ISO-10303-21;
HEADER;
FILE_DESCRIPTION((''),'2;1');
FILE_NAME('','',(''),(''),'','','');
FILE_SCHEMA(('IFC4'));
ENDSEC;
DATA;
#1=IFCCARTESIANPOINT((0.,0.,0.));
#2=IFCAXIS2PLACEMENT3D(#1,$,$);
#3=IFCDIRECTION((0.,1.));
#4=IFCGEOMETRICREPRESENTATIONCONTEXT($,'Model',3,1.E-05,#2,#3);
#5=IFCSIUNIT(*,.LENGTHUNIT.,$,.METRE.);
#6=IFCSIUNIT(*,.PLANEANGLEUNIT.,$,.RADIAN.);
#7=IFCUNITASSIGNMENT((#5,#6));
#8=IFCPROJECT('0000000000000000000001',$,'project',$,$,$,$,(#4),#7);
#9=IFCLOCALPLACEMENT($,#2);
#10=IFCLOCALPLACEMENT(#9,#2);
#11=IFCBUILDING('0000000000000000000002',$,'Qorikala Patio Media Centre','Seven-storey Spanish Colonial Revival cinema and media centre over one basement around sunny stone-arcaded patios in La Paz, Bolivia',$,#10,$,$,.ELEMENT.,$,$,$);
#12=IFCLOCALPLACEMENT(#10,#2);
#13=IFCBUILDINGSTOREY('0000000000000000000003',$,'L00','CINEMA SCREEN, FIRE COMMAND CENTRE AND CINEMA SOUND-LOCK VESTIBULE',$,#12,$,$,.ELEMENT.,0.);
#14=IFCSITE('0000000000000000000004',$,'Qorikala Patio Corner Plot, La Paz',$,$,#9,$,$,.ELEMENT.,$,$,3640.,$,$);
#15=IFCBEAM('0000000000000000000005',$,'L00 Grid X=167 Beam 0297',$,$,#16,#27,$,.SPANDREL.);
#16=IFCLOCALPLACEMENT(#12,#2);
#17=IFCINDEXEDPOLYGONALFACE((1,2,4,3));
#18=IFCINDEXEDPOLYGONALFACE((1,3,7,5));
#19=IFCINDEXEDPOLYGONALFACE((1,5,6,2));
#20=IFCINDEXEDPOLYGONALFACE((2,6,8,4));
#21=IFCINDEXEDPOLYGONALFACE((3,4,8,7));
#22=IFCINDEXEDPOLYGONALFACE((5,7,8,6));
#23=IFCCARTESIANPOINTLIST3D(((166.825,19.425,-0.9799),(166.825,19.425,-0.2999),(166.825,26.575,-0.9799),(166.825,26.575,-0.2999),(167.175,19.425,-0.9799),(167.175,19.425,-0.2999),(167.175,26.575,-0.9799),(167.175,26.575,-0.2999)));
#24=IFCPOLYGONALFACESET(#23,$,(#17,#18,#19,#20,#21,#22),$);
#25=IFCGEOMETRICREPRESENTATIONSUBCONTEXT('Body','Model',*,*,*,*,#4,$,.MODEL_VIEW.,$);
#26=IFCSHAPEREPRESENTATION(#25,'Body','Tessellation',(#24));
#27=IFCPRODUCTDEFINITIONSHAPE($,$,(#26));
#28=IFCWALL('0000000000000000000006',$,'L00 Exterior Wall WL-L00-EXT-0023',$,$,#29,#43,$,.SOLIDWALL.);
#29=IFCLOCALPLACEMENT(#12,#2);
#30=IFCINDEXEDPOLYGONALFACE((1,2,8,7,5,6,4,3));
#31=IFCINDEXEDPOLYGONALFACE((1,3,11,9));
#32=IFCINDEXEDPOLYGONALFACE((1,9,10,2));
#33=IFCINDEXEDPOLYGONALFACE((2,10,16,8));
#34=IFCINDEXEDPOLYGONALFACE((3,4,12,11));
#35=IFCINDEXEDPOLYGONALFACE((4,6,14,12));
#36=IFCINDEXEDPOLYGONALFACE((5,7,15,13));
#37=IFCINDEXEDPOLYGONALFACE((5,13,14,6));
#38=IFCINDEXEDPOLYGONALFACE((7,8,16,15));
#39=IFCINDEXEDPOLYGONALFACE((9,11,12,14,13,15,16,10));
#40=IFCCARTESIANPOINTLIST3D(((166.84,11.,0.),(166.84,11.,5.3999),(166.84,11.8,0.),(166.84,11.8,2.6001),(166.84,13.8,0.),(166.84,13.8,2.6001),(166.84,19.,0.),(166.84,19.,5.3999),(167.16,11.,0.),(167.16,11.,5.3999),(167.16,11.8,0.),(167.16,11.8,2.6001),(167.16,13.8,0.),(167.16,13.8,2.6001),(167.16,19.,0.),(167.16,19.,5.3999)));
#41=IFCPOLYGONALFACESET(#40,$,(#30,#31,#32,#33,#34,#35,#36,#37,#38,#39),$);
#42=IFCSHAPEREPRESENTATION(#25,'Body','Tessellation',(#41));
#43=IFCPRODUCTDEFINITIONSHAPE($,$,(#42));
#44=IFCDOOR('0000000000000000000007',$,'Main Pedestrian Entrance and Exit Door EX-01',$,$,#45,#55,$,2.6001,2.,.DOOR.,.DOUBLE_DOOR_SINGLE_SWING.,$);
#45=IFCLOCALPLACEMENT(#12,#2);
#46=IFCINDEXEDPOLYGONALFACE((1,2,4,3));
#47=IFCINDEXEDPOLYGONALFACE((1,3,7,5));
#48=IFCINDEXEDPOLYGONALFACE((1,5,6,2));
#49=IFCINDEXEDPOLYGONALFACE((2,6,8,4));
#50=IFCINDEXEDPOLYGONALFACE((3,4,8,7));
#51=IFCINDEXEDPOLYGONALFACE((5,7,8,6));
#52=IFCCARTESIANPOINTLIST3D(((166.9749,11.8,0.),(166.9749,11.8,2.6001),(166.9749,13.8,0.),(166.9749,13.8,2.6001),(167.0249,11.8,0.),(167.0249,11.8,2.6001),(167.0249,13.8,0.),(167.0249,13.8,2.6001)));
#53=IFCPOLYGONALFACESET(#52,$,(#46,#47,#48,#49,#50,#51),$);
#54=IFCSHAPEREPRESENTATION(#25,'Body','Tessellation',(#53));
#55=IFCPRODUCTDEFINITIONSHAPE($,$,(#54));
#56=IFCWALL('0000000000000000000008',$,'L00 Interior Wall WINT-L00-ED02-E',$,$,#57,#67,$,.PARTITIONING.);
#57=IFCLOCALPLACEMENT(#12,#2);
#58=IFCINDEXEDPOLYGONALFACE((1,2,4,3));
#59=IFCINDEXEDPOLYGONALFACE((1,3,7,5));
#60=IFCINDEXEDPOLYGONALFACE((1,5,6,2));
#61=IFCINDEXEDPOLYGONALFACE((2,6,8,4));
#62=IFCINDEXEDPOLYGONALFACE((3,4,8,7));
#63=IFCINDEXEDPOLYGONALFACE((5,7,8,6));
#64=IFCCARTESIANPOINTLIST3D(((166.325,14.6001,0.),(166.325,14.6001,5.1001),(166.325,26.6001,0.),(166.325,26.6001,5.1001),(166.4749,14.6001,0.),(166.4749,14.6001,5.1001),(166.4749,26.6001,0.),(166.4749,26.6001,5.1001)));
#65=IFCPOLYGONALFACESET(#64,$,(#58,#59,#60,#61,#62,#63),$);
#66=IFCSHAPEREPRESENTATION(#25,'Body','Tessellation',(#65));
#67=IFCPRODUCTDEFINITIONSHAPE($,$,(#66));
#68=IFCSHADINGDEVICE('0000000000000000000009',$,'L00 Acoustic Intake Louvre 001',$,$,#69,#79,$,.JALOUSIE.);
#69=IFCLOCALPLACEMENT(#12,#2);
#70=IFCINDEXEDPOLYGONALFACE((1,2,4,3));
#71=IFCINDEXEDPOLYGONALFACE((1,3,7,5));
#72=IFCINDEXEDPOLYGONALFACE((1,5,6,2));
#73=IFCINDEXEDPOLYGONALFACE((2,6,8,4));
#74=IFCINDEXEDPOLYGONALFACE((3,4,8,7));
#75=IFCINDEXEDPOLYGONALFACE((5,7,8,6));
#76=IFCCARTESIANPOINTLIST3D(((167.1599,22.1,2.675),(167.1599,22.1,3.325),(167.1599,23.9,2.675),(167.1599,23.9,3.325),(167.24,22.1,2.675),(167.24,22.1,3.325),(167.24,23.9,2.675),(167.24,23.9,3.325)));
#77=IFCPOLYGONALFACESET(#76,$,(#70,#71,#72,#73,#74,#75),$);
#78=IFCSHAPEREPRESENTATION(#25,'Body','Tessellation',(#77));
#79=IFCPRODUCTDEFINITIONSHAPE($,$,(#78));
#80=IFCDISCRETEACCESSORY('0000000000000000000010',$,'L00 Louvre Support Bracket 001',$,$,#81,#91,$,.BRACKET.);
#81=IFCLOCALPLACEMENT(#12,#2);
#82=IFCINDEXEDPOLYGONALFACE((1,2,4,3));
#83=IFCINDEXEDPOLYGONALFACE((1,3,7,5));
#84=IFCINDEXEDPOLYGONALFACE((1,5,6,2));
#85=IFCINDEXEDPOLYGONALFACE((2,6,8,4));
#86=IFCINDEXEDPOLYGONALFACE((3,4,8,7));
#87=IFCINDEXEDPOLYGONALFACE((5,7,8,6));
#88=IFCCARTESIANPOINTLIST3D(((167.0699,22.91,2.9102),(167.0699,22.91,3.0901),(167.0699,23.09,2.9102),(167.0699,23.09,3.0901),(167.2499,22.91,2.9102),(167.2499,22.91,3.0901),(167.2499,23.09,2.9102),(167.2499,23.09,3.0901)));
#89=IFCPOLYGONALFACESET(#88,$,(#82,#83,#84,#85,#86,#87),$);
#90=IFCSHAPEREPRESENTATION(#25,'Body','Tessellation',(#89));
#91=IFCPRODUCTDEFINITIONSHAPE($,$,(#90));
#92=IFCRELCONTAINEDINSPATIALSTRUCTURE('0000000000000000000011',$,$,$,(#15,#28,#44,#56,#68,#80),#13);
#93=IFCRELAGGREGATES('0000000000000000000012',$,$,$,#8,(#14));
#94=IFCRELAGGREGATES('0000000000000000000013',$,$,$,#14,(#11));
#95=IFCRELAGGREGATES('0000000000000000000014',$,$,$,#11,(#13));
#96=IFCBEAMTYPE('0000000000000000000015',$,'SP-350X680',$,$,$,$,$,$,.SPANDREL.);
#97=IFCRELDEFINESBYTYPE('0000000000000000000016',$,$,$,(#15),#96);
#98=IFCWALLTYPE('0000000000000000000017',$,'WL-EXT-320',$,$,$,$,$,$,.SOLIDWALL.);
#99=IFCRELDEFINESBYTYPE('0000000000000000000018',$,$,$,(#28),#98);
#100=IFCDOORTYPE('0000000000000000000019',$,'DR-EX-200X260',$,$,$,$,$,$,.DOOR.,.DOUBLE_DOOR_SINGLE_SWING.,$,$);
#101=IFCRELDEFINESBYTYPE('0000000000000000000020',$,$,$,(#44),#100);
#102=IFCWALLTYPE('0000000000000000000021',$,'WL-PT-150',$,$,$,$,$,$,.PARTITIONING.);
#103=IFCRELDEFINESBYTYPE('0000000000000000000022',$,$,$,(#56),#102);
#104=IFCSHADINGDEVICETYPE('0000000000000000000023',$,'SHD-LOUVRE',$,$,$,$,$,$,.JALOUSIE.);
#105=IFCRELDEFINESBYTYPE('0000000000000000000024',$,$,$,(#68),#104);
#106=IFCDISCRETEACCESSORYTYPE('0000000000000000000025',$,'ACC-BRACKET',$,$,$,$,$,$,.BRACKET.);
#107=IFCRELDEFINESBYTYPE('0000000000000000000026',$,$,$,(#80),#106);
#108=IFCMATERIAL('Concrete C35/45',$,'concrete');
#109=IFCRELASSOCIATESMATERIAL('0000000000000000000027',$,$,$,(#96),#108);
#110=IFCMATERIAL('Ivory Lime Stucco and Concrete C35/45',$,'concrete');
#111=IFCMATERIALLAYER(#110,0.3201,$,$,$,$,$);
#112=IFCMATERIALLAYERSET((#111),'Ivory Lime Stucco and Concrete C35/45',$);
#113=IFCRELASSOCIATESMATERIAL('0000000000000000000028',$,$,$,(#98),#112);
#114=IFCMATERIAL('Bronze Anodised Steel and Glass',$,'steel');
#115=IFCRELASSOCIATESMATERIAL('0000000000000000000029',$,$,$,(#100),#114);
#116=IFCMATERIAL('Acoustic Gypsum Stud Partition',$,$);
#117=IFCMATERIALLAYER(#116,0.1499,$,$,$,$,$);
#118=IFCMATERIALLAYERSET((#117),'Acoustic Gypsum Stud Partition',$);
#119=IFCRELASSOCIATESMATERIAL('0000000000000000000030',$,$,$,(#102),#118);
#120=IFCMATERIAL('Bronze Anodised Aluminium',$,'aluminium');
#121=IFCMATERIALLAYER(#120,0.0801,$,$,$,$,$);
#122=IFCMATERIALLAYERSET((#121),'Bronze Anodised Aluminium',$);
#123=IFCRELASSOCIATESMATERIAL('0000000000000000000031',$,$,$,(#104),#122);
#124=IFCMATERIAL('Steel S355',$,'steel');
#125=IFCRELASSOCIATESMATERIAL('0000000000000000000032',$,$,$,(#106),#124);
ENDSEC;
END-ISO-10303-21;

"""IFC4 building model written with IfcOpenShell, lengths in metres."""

from ifc_helpers import new_model, si_unit, direction, frame, frame_2d, origin, origin_2d, place, context, subcontext, project, spatial, rectangle, extrude, material, layer, layer_set, material_profile, profile_set, type_object, element, fill, save


model = new_model("IFC4")

# Units and contexts
model_context = context("Model", 3, precision=1e-05, world=origin(), true_north=direction((0.0, 1.0)))
body_context = subcontext(model_context, "Body", "Model", "MODEL_VIEW")
ifc_project = project(units=[si_unit("LENGTHUNIT", "METRE"), si_unit("PLANEANGLEUNIT", "RADIAN")], contexts=[model_context])

# Site, building, storey
site_placement = place(None, origin())
site = spatial("IfcSite", under=ifc_project, at=site_placement, Name="Qorikala Patio Corner Plot, La Paz", CompositionType="ELEMENT", RefElevation=3640.0)
building_placement = place(site_placement, origin())
building = spatial("IfcBuilding", under=site, at=building_placement, Name="Qorikala Patio Media Centre", Description="Seven-storey Spanish Colonial Revival cinema and media centre over one basement around sunny stone-arcaded patios in La Paz, Bolivia", CompositionType="ELEMENT")
storey_placement = place(building_placement, origin())
storey = spatial("IfcBuildingStorey", under=building, at=storey_placement, Name="L00", Description="CINEMA SCREEN, FIRE COMMAND CENTRE AND CINEMA SOUND-LOCK VESTIBULE", CompositionType="ELEMENT", Elevation=0.0)

# Shared definitions
ifc_material_1 = material(Name="Concrete C35/45", Category="concrete")

# Beam
ifc_material_profile_1 = material_profile(ifc_material_1, rectangle(XDim=0.3501, YDim=0.6799, at=origin_2d()), Name="RC 350x680")
ifc_profile_set_1 = profile_set([ifc_material_profile_1], Name="Concrete C35/45")
beam_type_1 = type_object("IfcBeamType", Name="SP-350X680", PredefinedType="SPANDREL", material=ifc_profile_set_1)
for number, where, z_axis, x_axis, name in (
    (1, (167.0, 19.425, -0.6399), (0.0, 1.0, 0.0), (-1.0, 0.0, 0.0), "L00 Grid X=167 Beam 0297"),
):
    element("IfcBeam", number, at=place(storey_placement, frame(where, z_axis=z_axis, x_axis=x_axis)), inside=storey, type_object=beam_type_1, Name=name, PredefinedType="SPANDREL", context=body_context, shape_type="SweptSolid", body=[
        extrude(rectangle(XDim=0.3501, YDim=0.6799, at=origin_2d()), origin(), (0.0, 0.0, 1.0), 7.1499),
    ])

# Wall, opening, door
ifc_material_2 = material(Name="Ivory Lime Stucco and Concrete C35/45", Category="concrete")
ifc_layer_1 = layer(ifc_material_2, 0.3201)
ifc_layer_set_1 = layer_set([ifc_layer_1], Name="Ivory Lime Stucco and Concrete C35/45")
wall_type_1 = type_object("IfcWallType", Name="WL-EXT-320", PredefinedType="SOLIDWALL", material=ifc_layer_set_1)
wall_1_placement = place(storey_placement, frame((167.0, 19.0, 0.0), z_axis=(0.0, 0.0, 1.0), x_axis=(0.0, -1.0, 0.0)))
wall_1 = element("IfcWall", 2, at=wall_1_placement, inside=storey, type_object=wall_type_1, Name="L00 Exterior Wall WL-L00-EXT-0023", PredefinedType="SOLIDWALL", context=body_context, shape_type="SweptSolid", body=[
    extrude(rectangle(XDim=8.0, YDim=0.3201, at=frame_2d((4.0, 0.0))), origin(), (0.0, 0.0, 1.0), 5.3999),
])
opening_placement = place(wall_1_placement, frame((5.2, 0.0, 0.0)))
opening = element("IfcOpeningElement", 3, at=opening_placement, cuts=wall_1, PredefinedType="OPENING", context=body_context, shape_type="SweptSolid", body=[
    extrude(rectangle(XDim=2.0, YDim=2.6001, at=frame_2d((1.0, 1.3))), frame((0.0, 0.1699, 0.0), z_axis=(0.0, -1.0, 0.0), x_axis=(1.0, 0.0, 0.0)), (0.0, 0.0, 1.0), 0.3401),
])
ifc_material_3 = material(Name="Bronze Anodised Steel and Glass", Category="steel")
door_type = type_object("IfcDoorType", Name="DR-EX-200X260", OperationType="DOUBLE_DOOR_SINGLE_SWING", PredefinedType="DOOR", material=ifc_material_3)
door_placement = place(opening_placement, origin())
door = element("IfcDoor", 4, at=door_placement, inside=storey, type_object=door_type, Name="Main Pedestrian Entrance and Exit Door EX-01", OperationType="DOUBLE_DOOR_SINGLE_SWING", OverallHeight=2.6001, OverallWidth=2.0, PredefinedType="DOOR", context=body_context, shape_type="SweptSolid", body=[
    extrude(rectangle(XDim=2.0, YDim=2.6001, at=frame_2d((1.0, 1.3))), frame((0.0, 0.0249, 0.0), z_axis=(0.0, -1.0, 0.0), x_axis=(1.0, 0.0, 0.0)), (0.0, 0.0, 1.0), 0.05),
])
fill(opening, door)

# Wall
ifc_material_4 = material(Name="Acoustic Gypsum Stud Partition")
ifc_layer_2 = layer(ifc_material_4, 0.1499)
ifc_layer_set_2 = layer_set([ifc_layer_2], Name="Acoustic Gypsum Stud Partition")
wall_type_2 = type_object("IfcWallType", Name="WL-PT-150", PredefinedType="PARTITIONING", material=ifc_layer_set_2)
wall_2_placement = place(storey_placement, frame((166.3999, 14.6001, 0.0), z_axis=(0.0, 0.0, 1.0), x_axis=(0.0, 1.0, 0.0)))
element("IfcWall", 5, at=wall_2_placement, inside=storey, type_object=wall_type_2, Name="L00 Interior Wall WINT-L00-ED02-E", PredefinedType="PARTITIONING", context=body_context, shape_type="SweptSolid", body=[
    extrude(rectangle(XDim=12.0, YDim=0.1499, at=frame_2d((6.0, 0.0))), origin(), (0.0, 0.0, 1.0), 5.1001),
])

# Shading device
ifc_material_5 = material(Name="Bronze Anodised Aluminium", Category="aluminium")
ifc_layer_3 = layer(ifc_material_5, 0.0801)
ifc_layer_set_3 = layer_set([ifc_layer_3], Name="Bronze Anodised Aluminium")
shading_device_type = type_object("IfcShadingDeviceType", Name="SHD-LOUVRE", PredefinedType="JALOUSIE", material=ifc_layer_set_3)
shading_device_placement = place(storey_placement, frame((167.2, 23.0, 2.675), z_axis=(0.0, 0.0, 1.0), x_axis=(0.0, -1.0, 0.0)))
element("IfcShadingDevice", 6, at=shading_device_placement, inside=storey, type_object=shading_device_type, Name="L00 Acoustic Intake Louvre 001", PredefinedType="JALOUSIE", context=body_context, shape_type="SweptSolid", body=[
    extrude(rectangle(XDim=1.8, YDim=0.0801, at=origin_2d()), origin(), (0.0, 0.0, 1.0), 0.6499),
])

# Discrete accessory
ifc_material_6 = material(Name="Steel S355", Category="steel")
discrete_accessory_type = type_object("IfcDiscreteAccessoryType", Name="ACC-BRACKET", PredefinedType="BRACKET", material=ifc_material_6)
discrete_accessory_placement = place(storey_placement, frame((167.1599, 23.0, 2.9102), z_axis=(0.0, 0.0, 1.0), x_axis=(0.0, -1.0, 0.0)))
element("IfcDiscreteAccessory", 7, at=discrete_accessory_placement, inside=storey, type_object=discrete_accessory_type, Name="L00 Louvre Support Bracket 001", PredefinedType="BRACKET", context=body_context, shape_type="SweptSolid", body=[
    extrude(rectangle(XDim=0.1799, YDim=0.1799, at=origin_2d()), origin(), (0.0, 0.0, 1.0), 0.1799),
])

save(model, "model.ifc")
